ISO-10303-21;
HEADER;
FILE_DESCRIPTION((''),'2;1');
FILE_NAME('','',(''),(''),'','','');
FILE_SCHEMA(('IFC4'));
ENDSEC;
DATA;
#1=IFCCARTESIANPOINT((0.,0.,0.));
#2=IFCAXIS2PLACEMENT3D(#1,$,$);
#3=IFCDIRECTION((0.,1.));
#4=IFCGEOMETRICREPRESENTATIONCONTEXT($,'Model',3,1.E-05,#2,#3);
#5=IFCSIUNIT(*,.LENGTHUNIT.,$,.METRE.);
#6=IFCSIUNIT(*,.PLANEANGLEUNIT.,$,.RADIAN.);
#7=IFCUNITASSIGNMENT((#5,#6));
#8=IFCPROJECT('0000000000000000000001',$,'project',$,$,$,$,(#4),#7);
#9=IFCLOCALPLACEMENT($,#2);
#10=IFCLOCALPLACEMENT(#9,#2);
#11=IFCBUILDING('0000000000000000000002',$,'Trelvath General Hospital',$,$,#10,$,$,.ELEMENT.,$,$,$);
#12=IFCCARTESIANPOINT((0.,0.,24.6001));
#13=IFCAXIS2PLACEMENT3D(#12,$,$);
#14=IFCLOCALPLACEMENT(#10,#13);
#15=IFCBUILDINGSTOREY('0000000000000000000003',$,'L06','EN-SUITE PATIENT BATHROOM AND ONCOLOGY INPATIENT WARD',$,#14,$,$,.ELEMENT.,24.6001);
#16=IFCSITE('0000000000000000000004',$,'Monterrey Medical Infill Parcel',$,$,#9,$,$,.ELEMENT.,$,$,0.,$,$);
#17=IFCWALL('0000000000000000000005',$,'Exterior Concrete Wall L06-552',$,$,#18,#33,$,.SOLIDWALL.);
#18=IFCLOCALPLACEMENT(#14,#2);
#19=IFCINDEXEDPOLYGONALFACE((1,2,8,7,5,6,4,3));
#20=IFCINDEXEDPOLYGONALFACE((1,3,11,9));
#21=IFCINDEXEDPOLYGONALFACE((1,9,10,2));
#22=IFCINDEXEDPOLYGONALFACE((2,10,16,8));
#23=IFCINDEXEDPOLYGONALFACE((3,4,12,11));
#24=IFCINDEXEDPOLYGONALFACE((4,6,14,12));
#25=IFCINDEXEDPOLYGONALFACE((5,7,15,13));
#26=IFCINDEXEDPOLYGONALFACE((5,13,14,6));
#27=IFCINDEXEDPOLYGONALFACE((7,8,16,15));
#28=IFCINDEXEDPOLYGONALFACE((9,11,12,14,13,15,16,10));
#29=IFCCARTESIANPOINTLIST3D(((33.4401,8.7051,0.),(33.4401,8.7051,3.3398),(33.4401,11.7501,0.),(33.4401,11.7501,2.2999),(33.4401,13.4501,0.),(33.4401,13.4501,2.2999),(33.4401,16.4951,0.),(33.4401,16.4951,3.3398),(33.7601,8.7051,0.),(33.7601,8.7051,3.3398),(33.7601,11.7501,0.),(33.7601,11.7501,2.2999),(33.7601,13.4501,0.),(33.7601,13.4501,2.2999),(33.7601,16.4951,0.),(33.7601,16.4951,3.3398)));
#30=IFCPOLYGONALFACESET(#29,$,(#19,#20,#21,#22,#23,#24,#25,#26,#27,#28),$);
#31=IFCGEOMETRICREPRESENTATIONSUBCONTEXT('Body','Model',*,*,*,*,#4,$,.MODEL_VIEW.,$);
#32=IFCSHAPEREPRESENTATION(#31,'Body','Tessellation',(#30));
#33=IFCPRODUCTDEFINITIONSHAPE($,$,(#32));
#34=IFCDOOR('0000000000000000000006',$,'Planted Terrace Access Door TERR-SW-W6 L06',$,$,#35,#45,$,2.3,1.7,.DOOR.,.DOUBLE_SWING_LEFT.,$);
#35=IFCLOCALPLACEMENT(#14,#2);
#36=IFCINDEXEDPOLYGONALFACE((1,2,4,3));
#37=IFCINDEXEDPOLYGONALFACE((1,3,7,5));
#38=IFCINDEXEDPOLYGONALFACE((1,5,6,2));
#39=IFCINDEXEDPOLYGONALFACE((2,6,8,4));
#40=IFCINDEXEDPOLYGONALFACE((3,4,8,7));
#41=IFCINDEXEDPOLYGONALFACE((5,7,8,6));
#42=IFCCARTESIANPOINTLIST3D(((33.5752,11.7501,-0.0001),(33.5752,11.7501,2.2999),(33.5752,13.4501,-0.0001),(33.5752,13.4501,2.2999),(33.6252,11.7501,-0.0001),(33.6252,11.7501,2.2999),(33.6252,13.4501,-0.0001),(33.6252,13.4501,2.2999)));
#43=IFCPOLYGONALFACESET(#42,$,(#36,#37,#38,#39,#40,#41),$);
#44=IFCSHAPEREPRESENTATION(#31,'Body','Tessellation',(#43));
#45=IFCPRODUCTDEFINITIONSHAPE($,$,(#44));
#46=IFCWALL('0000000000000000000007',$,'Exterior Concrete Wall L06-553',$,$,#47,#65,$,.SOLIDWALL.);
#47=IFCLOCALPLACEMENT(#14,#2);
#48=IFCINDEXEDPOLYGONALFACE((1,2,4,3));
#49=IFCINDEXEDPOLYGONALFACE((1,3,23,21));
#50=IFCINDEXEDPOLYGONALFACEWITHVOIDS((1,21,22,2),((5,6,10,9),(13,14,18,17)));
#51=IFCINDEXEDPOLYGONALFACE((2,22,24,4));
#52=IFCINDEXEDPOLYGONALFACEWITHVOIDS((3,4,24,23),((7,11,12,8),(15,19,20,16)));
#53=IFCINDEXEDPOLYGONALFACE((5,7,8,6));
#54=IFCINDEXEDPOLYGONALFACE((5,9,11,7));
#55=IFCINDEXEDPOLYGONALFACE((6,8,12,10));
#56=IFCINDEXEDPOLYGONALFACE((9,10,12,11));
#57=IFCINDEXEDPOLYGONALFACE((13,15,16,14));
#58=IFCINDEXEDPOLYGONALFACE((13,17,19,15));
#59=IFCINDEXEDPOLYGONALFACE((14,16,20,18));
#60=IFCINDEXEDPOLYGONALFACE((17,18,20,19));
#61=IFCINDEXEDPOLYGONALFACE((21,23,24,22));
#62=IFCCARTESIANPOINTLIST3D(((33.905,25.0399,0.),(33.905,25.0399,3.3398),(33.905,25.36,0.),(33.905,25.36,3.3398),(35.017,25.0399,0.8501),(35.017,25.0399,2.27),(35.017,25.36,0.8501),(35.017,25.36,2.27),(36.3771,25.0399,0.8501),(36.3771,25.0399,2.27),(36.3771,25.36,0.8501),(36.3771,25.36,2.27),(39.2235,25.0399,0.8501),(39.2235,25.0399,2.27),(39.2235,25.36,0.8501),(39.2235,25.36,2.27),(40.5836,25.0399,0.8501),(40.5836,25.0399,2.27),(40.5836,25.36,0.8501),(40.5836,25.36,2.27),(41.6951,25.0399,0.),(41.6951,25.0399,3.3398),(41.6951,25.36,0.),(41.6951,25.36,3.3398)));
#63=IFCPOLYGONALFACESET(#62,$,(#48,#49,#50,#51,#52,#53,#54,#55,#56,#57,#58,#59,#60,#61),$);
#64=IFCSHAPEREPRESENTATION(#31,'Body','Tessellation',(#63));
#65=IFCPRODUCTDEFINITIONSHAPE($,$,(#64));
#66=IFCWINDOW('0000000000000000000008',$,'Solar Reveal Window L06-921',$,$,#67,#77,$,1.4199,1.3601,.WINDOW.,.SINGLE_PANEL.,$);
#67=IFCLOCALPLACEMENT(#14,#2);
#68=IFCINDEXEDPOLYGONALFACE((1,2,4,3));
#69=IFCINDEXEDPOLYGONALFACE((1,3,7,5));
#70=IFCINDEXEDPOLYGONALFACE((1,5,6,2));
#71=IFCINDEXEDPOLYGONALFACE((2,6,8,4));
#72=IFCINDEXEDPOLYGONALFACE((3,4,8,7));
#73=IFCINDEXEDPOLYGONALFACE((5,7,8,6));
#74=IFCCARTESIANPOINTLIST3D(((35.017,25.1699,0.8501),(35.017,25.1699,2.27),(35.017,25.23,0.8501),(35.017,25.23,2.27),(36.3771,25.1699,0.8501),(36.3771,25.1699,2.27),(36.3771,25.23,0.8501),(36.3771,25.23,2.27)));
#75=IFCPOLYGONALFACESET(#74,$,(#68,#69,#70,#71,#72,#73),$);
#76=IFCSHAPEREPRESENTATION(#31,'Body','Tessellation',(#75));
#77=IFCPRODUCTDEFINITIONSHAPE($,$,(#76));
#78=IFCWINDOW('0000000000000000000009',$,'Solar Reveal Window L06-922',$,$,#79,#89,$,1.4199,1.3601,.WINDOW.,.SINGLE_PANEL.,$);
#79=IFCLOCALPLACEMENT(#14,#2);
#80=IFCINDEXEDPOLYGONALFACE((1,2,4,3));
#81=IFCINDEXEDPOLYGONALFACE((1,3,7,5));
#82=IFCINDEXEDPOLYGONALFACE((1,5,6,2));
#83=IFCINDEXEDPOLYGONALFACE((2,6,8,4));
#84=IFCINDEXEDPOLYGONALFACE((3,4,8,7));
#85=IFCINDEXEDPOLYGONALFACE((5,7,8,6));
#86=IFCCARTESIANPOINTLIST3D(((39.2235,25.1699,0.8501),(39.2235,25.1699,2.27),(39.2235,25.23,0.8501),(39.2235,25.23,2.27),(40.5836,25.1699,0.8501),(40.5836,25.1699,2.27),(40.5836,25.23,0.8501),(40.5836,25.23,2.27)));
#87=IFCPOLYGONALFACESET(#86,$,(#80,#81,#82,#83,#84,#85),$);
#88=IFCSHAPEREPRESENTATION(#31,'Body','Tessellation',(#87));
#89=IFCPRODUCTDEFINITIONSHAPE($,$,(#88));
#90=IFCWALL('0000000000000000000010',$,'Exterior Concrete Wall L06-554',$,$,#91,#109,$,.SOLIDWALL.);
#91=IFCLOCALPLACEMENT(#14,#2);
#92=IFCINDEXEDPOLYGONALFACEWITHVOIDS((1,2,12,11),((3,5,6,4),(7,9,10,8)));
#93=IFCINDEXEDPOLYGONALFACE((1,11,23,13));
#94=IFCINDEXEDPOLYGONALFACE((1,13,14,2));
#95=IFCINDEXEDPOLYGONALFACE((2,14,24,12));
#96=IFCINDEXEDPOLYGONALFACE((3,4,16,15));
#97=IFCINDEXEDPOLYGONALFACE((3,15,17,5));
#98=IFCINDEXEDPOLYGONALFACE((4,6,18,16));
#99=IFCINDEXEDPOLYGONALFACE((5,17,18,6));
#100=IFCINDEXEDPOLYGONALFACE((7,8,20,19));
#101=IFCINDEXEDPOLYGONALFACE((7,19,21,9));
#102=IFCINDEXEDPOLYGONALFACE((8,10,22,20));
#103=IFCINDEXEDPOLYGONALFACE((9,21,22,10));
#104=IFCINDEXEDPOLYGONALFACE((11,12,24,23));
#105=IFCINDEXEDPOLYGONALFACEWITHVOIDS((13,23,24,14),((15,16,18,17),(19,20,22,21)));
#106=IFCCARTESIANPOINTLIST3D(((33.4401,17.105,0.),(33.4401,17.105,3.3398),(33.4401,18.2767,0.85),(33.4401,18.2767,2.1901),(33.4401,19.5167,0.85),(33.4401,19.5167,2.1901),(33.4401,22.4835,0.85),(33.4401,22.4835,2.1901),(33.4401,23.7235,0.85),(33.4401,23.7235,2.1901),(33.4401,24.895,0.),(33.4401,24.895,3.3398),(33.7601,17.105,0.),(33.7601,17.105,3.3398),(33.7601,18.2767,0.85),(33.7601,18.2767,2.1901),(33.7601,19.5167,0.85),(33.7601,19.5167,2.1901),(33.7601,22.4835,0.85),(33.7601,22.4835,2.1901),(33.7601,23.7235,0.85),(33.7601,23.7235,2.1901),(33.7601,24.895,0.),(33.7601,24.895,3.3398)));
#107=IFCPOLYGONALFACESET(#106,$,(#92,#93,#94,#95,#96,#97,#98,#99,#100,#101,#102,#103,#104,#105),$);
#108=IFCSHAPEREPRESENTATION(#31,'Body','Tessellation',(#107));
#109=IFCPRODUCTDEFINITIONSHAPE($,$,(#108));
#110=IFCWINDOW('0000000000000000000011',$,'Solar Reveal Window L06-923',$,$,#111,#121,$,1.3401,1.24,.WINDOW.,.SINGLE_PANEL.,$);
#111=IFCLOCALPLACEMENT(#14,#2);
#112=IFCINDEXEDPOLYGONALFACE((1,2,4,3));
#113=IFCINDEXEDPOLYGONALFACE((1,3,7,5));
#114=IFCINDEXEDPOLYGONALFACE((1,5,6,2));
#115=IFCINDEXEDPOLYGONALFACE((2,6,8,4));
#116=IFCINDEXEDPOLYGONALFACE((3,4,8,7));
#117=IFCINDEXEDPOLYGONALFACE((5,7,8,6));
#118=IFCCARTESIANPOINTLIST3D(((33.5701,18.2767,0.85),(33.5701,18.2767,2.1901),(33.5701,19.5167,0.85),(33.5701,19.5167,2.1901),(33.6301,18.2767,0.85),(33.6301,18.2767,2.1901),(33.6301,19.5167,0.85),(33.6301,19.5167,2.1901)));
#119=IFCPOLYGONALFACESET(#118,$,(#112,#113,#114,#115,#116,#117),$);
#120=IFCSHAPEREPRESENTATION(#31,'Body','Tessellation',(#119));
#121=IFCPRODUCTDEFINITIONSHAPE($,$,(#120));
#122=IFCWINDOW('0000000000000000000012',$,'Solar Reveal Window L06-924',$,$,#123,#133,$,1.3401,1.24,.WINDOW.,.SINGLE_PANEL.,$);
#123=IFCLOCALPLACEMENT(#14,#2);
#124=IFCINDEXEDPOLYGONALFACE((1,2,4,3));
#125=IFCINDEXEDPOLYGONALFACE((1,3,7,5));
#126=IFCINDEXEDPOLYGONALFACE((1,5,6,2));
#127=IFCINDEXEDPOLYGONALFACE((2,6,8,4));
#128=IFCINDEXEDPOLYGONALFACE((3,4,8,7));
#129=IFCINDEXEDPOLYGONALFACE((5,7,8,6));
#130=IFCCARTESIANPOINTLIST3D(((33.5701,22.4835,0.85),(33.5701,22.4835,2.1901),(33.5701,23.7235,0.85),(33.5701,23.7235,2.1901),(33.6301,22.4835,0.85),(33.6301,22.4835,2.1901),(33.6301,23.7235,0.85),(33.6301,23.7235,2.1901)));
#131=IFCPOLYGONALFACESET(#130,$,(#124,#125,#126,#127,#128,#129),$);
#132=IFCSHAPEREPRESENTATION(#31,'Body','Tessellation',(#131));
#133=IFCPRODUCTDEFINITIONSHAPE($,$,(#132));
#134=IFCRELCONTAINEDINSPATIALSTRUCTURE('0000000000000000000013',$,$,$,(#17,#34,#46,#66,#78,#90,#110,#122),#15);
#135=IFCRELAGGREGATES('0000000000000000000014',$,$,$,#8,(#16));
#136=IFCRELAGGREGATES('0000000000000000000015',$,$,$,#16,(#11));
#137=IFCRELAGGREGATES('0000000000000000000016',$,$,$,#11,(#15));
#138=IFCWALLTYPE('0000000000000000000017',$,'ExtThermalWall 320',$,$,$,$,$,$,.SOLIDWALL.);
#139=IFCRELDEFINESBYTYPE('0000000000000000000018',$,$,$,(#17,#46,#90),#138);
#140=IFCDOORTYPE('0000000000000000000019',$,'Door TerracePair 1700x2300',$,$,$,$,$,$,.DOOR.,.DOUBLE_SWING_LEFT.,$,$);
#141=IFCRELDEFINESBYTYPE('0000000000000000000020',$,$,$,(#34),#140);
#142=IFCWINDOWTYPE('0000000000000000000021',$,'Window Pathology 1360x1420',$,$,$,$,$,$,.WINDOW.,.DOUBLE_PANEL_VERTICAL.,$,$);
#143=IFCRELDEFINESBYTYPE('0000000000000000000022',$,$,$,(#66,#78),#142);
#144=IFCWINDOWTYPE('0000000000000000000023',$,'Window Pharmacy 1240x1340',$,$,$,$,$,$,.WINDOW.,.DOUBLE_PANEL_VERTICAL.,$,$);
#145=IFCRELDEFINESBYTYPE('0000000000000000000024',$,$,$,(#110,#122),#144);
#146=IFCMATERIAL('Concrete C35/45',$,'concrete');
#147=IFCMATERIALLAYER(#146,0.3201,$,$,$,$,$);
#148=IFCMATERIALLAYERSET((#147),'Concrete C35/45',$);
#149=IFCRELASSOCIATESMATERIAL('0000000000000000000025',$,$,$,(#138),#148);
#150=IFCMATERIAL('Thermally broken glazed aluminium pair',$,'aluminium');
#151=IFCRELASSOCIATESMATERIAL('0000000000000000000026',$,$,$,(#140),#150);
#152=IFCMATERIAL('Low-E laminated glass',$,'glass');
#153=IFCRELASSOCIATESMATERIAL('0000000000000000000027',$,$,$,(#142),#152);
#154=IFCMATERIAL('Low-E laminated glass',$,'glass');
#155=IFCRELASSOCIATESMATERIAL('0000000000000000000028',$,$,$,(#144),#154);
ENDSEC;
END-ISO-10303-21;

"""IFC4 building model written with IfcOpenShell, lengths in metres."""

from ifc_helpers import new_model, si_unit, direction, frame, frame_2d, origin, place, context, subcontext, project, spatial, rectangle, extrude, material, layer, layer_set, type_object, element, fill, save


model = new_model("IFC4")

# Units and contexts
model_context = context("Model", 3, precision=1e-05, world=origin(), true_north=direction((0.0, 1.0)))
body_context = subcontext(model_context, "Body", "Model", "MODEL_VIEW")
ifc_project = project(units=[si_unit("LENGTHUNIT", "METRE"), si_unit("PLANEANGLEUNIT", "RADIAN")], contexts=[model_context])

# Site, building, storey
site_placement = place(None, origin())
site = spatial("IfcSite", under=ifc_project, at=site_placement, Name="Monterrey Medical Infill Parcel", CompositionType="ELEMENT", RefElevation=0.0)
building_placement = place(site_placement, origin())
building = spatial("IfcBuilding", under=site, at=building_placement, Name="Trelvath General Hospital", CompositionType="ELEMENT")
storey_placement = place(building_placement, frame((0.0, 0.0, 24.6001)))
storey = spatial("IfcBuildingStorey", under=building, at=storey_placement, Name="L06", Description="EN-SUITE PATIENT BATHROOM AND ONCOLOGY INPATIENT WARD", CompositionType="ELEMENT", Elevation=24.6001)

# Wall, opening, door
ifc_material_1 = material(Name="Concrete C35/45", Category="concrete")
ifc_layer_1 = layer(ifc_material_1, 0.3201)
ifc_layer_set_1 = layer_set([ifc_layer_1], Name="Concrete C35/45")
wall_type_1 = type_object("IfcWallType", Name="ExtThermalWall 320", PredefinedType="SOLIDWALL", material=ifc_layer_set_1)
wall_1_placement = place(storey_placement, frame((33.6001, 8.7051, 0.0), z_axis=(0.0, 0.0, 1.0), x_axis=(0.0, 1.0, 0.0)))
wall_1 = element("IfcWall", 1, at=wall_1_placement, inside=storey, type_object=wall_type_1, Name="Exterior Concrete Wall L06-552", PredefinedType="SOLIDWALL", context=body_context, shape_type="SweptSolid", body=[
    extrude(rectangle(XDim=7.79, YDim=0.3201, at=frame_2d((3.895, 0.0))), origin(), (0.0, 0.0, 1.0), 3.3398),
])
opening_1_placement = place(wall_1_placement, frame((3.0449, 0.0, 0.0)))
opening_1 = element("IfcOpeningElement", 2, at=opening_1_placement, cuts=wall_1, PredefinedType="OPENING", context=body_context, shape_type="SweptSolid", body=[
    extrude(rectangle(XDim=1.7, YDim=2.3, at=frame_2d((0.8501, 1.1499))), frame((0.0, 0.1699, 0.0), z_axis=(0.0, -1.0, 0.0), x_axis=(1.0, 0.0, 0.0)), (0.0, 0.0, 1.0), 0.3401),
])
ifc_material_2 = material(Name="Thermally broken glazed aluminium pair", Category="aluminium")
door_type_1 = type_object("IfcDoorType", Name="Door TerracePair 1700x2300", OperationType="DOUBLE_SWING_LEFT", PredefinedType="DOOR", material=ifc_material_2)
door_1_placement = place(opening_1_placement, origin())
door_1 = element("IfcDoor", 3, at=door_1_placement, inside=storey, type_object=door_type_1, Name="Planted Terrace Access Door TERR-SW-W6 L06", OperationType="DOUBLE_SWING_LEFT", OverallHeight=2.3, OverallWidth=1.7, PredefinedType="DOOR", context=body_context, shape_type="SweptSolid", body=[
    extrude(rectangle(XDim=1.7, YDim=2.3, at=frame_2d((0.8501, 1.1499))), frame((0.0, 0.0249, 0.0), z_axis=(0.0, -1.0, 0.0), x_axis=(1.0, 0.0, 0.0)), (0.0, 0.0, 1.0), 0.05),
])
fill(opening_1, door_1)

# Walls, openings, windows
wall_2_placement = place(storey_placement, frame((33.905, 25.2, 0.0), z_axis=(0.0, 0.0, 1.0), x_axis=(1.0, 0.0, 0.0)))
wall_2 = element("IfcWall", 4, at=wall_2_placement, inside=storey, type_object=wall_type_1, Name="Exterior Concrete Wall L06-553", PredefinedType="SOLIDWALL", context=body_context, shape_type="SweptSolid", body=[
    extrude(rectangle(XDim=7.79, YDim=0.3201, at=frame_2d((3.895, 0.0))), origin(), (0.0, 0.0, 1.0), 3.3398),
])
opening_2_placement = place(wall_2_placement, frame((1.1118, 0.0, 0.8501)))
opening_2 = element("IfcOpeningElement", 5, at=opening_2_placement, cuts=wall_2, PredefinedType="OPENING", context=body_context, shape_type="SweptSolid", body=[
    extrude(rectangle(XDim=1.3601, YDim=1.4199, at=frame_2d((0.6802, 0.71))), frame((0.0, 0.1699, 0.0), z_axis=(0.0, -1.0, 0.0), x_axis=(1.0, 0.0, 0.0)), (0.0, 0.0, 1.0), 0.3401),
])
opening_3_placement = place(wall_2_placement, frame((5.3184, 0.0, 0.8501)))
opening_3 = element("IfcOpeningElement", 6, at=opening_3_placement, cuts=wall_2, PredefinedType="OPENING", context=body_context, shape_type="SweptSolid", body=[
    extrude(rectangle(XDim=1.3601, YDim=1.4199, at=frame_2d((0.6802, 0.71))), frame((0.0, 0.1699, 0.0), z_axis=(0.0, -1.0, 0.0), x_axis=(1.0, 0.0, 0.0)), (0.0, 0.0, 1.0), 0.3401),
])
ifc_material_3 = material(Name="Low-E laminated glass", Category="glass")
window_type_1 = type_object("IfcWindowType", Name="Window Pathology 1360x1420", PartitioningType="DOUBLE_PANEL_VERTICAL", PredefinedType="WINDOW", material=ifc_material_3)
window_1_placement = place(opening_2_placement, origin())
window_1 = element("IfcWindow", 7, at=window_1_placement, inside=storey, type_object=window_type_1, Name="Solar Reveal Window L06-921", OverallHeight=1.4199, OverallWidth=1.3601, PartitioningType="SINGLE_PANEL", PredefinedType="WINDOW", context=body_context, shape_type="SweptSolid", body=[
    extrude(rectangle(XDim=1.3601, YDim=1.4199, at=frame_2d((0.6802, 0.71))), frame((0.0, 0.03, 0.0), z_axis=(0.0, -1.0, 0.0), x_axis=(1.0, 0.0, 0.0)), (0.0, 0.0, 1.0), 0.0601),
])
fill(opening_2, window_1)
window_2_placement = place(opening_3_placement, origin())
window_2 = element("IfcWindow", 8, at=window_2_placement, inside=storey, type_object=window_type_1, Name="Solar Reveal Window L06-922", OverallHeight=1.4199, OverallWidth=1.3601, PartitioningType="SINGLE_PANEL", PredefinedType="WINDOW", context=body_context, shape_type="SweptSolid", body=[
    extrude(rectangle(XDim=1.3601, YDim=1.4199, at=frame_2d((0.6802, 0.71))), frame((0.0, 0.03, 0.0), z_axis=(0.0, -1.0, 0.0), x_axis=(1.0, 0.0, 0.0)), (0.0, 0.0, 1.0), 0.0601),
])
fill(opening_3, window_2)
wall_3_placement = place(storey_placement, frame((33.6001, 17.105, 0.0), z_axis=(0.0, 0.0, 1.0), x_axis=(0.0, 1.0, 0.0)))
wall_3 = element("IfcWall", 9, at=wall_3_placement, inside=storey, type_object=wall_type_1, Name="Exterior Concrete Wall L06-554", PredefinedType="SOLIDWALL", context=body_context, shape_type="SweptSolid", body=[
    extrude(rectangle(XDim=7.79, YDim=0.3201, at=frame_2d((3.895, 0.0))), origin(), (0.0, 0.0, 1.0), 3.3398),
])
opening_4_placement = place(wall_3_placement, frame((1.1716, 0.0, 0.8501)))
opening_4 = element("IfcOpeningElement", 10, at=opening_4_placement, cuts=wall_3, PredefinedType="OPENING", context=body_context, shape_type="SweptSolid", body=[
    extrude(rectangle(XDim=1.24, YDim=1.3401, at=frame_2d((0.6201, 0.6699))), frame((0.0, 0.1699, 0.0), z_axis=(0.0, -1.0, 0.0), x_axis=(1.0, 0.0, 0.0)), (0.0, 0.0, 1.0), 0.3401),
])
opening_5_placement = place(wall_3_placement, frame((5.3784, 0.0, 0.8501)))
opening_5 = element("IfcOpeningElement", 11, at=opening_5_placement, cuts=wall_3, PredefinedType="OPENING", context=body_context, shape_type="SweptSolid", body=[
    extrude(rectangle(XDim=1.24, YDim=1.3401, at=frame_2d((0.6201, 0.6699))), frame((0.0, 0.1699, 0.0), z_axis=(0.0, -1.0, 0.0), x_axis=(1.0, 0.0, 0.0)), (0.0, 0.0, 1.0), 0.3401),
])
ifc_material_4 = material(Name="Low-E laminated glass", Category="glass")
window_type_2 = type_object("IfcWindowType", Name="Window Pharmacy 1240x1340", PartitioningType="DOUBLE_PANEL_VERTICAL", PredefinedType="WINDOW", material=ifc_material_4)
window_3_placement = place(opening_4_placement, origin())
window_3 = element("IfcWindow", 12, at=window_3_placement, inside=storey, type_object=window_type_2, Name="Solar Reveal Window L06-923", OverallHeight=1.3401, OverallWidth=1.24, PartitioningType="SINGLE_PANEL", PredefinedType="WINDOW", context=body_context, shape_type="SweptSolid", body=[
    extrude(rectangle(XDim=1.24, YDim=1.3401, at=frame_2d((0.6201, 0.6699))), frame((0.0, 0.03, 0.0), z_axis=(0.0, -1.0, 0.0), x_axis=(1.0, 0.0, 0.0)), (0.0, 0.0, 1.0), 0.0601),
])
fill(opening_4, window_3)
window_4_placement = place(opening_5_placement, origin())
window_4 = element("IfcWindow", 13, at=window_4_placement, inside=storey, type_object=window_type_2, Name="Solar Reveal Window L06-924", OverallHeight=1.3401, OverallWidth=1.24, PartitioningType="SINGLE_PANEL", PredefinedType="WINDOW", context=body_context, shape_type="SweptSolid", body=[
    extrude(rectangle(XDim=1.24, YDim=1.3401, at=frame_2d((0.6201, 0.6699))), frame((0.0, 0.03, 0.0), z_axis=(0.0, -1.0, 0.0), x_axis=(1.0, 0.0, 0.0)), (0.0, 0.0, 1.0), 0.0601),
])
fill(opening_5, window_4)

save(model, "model.ifc")
